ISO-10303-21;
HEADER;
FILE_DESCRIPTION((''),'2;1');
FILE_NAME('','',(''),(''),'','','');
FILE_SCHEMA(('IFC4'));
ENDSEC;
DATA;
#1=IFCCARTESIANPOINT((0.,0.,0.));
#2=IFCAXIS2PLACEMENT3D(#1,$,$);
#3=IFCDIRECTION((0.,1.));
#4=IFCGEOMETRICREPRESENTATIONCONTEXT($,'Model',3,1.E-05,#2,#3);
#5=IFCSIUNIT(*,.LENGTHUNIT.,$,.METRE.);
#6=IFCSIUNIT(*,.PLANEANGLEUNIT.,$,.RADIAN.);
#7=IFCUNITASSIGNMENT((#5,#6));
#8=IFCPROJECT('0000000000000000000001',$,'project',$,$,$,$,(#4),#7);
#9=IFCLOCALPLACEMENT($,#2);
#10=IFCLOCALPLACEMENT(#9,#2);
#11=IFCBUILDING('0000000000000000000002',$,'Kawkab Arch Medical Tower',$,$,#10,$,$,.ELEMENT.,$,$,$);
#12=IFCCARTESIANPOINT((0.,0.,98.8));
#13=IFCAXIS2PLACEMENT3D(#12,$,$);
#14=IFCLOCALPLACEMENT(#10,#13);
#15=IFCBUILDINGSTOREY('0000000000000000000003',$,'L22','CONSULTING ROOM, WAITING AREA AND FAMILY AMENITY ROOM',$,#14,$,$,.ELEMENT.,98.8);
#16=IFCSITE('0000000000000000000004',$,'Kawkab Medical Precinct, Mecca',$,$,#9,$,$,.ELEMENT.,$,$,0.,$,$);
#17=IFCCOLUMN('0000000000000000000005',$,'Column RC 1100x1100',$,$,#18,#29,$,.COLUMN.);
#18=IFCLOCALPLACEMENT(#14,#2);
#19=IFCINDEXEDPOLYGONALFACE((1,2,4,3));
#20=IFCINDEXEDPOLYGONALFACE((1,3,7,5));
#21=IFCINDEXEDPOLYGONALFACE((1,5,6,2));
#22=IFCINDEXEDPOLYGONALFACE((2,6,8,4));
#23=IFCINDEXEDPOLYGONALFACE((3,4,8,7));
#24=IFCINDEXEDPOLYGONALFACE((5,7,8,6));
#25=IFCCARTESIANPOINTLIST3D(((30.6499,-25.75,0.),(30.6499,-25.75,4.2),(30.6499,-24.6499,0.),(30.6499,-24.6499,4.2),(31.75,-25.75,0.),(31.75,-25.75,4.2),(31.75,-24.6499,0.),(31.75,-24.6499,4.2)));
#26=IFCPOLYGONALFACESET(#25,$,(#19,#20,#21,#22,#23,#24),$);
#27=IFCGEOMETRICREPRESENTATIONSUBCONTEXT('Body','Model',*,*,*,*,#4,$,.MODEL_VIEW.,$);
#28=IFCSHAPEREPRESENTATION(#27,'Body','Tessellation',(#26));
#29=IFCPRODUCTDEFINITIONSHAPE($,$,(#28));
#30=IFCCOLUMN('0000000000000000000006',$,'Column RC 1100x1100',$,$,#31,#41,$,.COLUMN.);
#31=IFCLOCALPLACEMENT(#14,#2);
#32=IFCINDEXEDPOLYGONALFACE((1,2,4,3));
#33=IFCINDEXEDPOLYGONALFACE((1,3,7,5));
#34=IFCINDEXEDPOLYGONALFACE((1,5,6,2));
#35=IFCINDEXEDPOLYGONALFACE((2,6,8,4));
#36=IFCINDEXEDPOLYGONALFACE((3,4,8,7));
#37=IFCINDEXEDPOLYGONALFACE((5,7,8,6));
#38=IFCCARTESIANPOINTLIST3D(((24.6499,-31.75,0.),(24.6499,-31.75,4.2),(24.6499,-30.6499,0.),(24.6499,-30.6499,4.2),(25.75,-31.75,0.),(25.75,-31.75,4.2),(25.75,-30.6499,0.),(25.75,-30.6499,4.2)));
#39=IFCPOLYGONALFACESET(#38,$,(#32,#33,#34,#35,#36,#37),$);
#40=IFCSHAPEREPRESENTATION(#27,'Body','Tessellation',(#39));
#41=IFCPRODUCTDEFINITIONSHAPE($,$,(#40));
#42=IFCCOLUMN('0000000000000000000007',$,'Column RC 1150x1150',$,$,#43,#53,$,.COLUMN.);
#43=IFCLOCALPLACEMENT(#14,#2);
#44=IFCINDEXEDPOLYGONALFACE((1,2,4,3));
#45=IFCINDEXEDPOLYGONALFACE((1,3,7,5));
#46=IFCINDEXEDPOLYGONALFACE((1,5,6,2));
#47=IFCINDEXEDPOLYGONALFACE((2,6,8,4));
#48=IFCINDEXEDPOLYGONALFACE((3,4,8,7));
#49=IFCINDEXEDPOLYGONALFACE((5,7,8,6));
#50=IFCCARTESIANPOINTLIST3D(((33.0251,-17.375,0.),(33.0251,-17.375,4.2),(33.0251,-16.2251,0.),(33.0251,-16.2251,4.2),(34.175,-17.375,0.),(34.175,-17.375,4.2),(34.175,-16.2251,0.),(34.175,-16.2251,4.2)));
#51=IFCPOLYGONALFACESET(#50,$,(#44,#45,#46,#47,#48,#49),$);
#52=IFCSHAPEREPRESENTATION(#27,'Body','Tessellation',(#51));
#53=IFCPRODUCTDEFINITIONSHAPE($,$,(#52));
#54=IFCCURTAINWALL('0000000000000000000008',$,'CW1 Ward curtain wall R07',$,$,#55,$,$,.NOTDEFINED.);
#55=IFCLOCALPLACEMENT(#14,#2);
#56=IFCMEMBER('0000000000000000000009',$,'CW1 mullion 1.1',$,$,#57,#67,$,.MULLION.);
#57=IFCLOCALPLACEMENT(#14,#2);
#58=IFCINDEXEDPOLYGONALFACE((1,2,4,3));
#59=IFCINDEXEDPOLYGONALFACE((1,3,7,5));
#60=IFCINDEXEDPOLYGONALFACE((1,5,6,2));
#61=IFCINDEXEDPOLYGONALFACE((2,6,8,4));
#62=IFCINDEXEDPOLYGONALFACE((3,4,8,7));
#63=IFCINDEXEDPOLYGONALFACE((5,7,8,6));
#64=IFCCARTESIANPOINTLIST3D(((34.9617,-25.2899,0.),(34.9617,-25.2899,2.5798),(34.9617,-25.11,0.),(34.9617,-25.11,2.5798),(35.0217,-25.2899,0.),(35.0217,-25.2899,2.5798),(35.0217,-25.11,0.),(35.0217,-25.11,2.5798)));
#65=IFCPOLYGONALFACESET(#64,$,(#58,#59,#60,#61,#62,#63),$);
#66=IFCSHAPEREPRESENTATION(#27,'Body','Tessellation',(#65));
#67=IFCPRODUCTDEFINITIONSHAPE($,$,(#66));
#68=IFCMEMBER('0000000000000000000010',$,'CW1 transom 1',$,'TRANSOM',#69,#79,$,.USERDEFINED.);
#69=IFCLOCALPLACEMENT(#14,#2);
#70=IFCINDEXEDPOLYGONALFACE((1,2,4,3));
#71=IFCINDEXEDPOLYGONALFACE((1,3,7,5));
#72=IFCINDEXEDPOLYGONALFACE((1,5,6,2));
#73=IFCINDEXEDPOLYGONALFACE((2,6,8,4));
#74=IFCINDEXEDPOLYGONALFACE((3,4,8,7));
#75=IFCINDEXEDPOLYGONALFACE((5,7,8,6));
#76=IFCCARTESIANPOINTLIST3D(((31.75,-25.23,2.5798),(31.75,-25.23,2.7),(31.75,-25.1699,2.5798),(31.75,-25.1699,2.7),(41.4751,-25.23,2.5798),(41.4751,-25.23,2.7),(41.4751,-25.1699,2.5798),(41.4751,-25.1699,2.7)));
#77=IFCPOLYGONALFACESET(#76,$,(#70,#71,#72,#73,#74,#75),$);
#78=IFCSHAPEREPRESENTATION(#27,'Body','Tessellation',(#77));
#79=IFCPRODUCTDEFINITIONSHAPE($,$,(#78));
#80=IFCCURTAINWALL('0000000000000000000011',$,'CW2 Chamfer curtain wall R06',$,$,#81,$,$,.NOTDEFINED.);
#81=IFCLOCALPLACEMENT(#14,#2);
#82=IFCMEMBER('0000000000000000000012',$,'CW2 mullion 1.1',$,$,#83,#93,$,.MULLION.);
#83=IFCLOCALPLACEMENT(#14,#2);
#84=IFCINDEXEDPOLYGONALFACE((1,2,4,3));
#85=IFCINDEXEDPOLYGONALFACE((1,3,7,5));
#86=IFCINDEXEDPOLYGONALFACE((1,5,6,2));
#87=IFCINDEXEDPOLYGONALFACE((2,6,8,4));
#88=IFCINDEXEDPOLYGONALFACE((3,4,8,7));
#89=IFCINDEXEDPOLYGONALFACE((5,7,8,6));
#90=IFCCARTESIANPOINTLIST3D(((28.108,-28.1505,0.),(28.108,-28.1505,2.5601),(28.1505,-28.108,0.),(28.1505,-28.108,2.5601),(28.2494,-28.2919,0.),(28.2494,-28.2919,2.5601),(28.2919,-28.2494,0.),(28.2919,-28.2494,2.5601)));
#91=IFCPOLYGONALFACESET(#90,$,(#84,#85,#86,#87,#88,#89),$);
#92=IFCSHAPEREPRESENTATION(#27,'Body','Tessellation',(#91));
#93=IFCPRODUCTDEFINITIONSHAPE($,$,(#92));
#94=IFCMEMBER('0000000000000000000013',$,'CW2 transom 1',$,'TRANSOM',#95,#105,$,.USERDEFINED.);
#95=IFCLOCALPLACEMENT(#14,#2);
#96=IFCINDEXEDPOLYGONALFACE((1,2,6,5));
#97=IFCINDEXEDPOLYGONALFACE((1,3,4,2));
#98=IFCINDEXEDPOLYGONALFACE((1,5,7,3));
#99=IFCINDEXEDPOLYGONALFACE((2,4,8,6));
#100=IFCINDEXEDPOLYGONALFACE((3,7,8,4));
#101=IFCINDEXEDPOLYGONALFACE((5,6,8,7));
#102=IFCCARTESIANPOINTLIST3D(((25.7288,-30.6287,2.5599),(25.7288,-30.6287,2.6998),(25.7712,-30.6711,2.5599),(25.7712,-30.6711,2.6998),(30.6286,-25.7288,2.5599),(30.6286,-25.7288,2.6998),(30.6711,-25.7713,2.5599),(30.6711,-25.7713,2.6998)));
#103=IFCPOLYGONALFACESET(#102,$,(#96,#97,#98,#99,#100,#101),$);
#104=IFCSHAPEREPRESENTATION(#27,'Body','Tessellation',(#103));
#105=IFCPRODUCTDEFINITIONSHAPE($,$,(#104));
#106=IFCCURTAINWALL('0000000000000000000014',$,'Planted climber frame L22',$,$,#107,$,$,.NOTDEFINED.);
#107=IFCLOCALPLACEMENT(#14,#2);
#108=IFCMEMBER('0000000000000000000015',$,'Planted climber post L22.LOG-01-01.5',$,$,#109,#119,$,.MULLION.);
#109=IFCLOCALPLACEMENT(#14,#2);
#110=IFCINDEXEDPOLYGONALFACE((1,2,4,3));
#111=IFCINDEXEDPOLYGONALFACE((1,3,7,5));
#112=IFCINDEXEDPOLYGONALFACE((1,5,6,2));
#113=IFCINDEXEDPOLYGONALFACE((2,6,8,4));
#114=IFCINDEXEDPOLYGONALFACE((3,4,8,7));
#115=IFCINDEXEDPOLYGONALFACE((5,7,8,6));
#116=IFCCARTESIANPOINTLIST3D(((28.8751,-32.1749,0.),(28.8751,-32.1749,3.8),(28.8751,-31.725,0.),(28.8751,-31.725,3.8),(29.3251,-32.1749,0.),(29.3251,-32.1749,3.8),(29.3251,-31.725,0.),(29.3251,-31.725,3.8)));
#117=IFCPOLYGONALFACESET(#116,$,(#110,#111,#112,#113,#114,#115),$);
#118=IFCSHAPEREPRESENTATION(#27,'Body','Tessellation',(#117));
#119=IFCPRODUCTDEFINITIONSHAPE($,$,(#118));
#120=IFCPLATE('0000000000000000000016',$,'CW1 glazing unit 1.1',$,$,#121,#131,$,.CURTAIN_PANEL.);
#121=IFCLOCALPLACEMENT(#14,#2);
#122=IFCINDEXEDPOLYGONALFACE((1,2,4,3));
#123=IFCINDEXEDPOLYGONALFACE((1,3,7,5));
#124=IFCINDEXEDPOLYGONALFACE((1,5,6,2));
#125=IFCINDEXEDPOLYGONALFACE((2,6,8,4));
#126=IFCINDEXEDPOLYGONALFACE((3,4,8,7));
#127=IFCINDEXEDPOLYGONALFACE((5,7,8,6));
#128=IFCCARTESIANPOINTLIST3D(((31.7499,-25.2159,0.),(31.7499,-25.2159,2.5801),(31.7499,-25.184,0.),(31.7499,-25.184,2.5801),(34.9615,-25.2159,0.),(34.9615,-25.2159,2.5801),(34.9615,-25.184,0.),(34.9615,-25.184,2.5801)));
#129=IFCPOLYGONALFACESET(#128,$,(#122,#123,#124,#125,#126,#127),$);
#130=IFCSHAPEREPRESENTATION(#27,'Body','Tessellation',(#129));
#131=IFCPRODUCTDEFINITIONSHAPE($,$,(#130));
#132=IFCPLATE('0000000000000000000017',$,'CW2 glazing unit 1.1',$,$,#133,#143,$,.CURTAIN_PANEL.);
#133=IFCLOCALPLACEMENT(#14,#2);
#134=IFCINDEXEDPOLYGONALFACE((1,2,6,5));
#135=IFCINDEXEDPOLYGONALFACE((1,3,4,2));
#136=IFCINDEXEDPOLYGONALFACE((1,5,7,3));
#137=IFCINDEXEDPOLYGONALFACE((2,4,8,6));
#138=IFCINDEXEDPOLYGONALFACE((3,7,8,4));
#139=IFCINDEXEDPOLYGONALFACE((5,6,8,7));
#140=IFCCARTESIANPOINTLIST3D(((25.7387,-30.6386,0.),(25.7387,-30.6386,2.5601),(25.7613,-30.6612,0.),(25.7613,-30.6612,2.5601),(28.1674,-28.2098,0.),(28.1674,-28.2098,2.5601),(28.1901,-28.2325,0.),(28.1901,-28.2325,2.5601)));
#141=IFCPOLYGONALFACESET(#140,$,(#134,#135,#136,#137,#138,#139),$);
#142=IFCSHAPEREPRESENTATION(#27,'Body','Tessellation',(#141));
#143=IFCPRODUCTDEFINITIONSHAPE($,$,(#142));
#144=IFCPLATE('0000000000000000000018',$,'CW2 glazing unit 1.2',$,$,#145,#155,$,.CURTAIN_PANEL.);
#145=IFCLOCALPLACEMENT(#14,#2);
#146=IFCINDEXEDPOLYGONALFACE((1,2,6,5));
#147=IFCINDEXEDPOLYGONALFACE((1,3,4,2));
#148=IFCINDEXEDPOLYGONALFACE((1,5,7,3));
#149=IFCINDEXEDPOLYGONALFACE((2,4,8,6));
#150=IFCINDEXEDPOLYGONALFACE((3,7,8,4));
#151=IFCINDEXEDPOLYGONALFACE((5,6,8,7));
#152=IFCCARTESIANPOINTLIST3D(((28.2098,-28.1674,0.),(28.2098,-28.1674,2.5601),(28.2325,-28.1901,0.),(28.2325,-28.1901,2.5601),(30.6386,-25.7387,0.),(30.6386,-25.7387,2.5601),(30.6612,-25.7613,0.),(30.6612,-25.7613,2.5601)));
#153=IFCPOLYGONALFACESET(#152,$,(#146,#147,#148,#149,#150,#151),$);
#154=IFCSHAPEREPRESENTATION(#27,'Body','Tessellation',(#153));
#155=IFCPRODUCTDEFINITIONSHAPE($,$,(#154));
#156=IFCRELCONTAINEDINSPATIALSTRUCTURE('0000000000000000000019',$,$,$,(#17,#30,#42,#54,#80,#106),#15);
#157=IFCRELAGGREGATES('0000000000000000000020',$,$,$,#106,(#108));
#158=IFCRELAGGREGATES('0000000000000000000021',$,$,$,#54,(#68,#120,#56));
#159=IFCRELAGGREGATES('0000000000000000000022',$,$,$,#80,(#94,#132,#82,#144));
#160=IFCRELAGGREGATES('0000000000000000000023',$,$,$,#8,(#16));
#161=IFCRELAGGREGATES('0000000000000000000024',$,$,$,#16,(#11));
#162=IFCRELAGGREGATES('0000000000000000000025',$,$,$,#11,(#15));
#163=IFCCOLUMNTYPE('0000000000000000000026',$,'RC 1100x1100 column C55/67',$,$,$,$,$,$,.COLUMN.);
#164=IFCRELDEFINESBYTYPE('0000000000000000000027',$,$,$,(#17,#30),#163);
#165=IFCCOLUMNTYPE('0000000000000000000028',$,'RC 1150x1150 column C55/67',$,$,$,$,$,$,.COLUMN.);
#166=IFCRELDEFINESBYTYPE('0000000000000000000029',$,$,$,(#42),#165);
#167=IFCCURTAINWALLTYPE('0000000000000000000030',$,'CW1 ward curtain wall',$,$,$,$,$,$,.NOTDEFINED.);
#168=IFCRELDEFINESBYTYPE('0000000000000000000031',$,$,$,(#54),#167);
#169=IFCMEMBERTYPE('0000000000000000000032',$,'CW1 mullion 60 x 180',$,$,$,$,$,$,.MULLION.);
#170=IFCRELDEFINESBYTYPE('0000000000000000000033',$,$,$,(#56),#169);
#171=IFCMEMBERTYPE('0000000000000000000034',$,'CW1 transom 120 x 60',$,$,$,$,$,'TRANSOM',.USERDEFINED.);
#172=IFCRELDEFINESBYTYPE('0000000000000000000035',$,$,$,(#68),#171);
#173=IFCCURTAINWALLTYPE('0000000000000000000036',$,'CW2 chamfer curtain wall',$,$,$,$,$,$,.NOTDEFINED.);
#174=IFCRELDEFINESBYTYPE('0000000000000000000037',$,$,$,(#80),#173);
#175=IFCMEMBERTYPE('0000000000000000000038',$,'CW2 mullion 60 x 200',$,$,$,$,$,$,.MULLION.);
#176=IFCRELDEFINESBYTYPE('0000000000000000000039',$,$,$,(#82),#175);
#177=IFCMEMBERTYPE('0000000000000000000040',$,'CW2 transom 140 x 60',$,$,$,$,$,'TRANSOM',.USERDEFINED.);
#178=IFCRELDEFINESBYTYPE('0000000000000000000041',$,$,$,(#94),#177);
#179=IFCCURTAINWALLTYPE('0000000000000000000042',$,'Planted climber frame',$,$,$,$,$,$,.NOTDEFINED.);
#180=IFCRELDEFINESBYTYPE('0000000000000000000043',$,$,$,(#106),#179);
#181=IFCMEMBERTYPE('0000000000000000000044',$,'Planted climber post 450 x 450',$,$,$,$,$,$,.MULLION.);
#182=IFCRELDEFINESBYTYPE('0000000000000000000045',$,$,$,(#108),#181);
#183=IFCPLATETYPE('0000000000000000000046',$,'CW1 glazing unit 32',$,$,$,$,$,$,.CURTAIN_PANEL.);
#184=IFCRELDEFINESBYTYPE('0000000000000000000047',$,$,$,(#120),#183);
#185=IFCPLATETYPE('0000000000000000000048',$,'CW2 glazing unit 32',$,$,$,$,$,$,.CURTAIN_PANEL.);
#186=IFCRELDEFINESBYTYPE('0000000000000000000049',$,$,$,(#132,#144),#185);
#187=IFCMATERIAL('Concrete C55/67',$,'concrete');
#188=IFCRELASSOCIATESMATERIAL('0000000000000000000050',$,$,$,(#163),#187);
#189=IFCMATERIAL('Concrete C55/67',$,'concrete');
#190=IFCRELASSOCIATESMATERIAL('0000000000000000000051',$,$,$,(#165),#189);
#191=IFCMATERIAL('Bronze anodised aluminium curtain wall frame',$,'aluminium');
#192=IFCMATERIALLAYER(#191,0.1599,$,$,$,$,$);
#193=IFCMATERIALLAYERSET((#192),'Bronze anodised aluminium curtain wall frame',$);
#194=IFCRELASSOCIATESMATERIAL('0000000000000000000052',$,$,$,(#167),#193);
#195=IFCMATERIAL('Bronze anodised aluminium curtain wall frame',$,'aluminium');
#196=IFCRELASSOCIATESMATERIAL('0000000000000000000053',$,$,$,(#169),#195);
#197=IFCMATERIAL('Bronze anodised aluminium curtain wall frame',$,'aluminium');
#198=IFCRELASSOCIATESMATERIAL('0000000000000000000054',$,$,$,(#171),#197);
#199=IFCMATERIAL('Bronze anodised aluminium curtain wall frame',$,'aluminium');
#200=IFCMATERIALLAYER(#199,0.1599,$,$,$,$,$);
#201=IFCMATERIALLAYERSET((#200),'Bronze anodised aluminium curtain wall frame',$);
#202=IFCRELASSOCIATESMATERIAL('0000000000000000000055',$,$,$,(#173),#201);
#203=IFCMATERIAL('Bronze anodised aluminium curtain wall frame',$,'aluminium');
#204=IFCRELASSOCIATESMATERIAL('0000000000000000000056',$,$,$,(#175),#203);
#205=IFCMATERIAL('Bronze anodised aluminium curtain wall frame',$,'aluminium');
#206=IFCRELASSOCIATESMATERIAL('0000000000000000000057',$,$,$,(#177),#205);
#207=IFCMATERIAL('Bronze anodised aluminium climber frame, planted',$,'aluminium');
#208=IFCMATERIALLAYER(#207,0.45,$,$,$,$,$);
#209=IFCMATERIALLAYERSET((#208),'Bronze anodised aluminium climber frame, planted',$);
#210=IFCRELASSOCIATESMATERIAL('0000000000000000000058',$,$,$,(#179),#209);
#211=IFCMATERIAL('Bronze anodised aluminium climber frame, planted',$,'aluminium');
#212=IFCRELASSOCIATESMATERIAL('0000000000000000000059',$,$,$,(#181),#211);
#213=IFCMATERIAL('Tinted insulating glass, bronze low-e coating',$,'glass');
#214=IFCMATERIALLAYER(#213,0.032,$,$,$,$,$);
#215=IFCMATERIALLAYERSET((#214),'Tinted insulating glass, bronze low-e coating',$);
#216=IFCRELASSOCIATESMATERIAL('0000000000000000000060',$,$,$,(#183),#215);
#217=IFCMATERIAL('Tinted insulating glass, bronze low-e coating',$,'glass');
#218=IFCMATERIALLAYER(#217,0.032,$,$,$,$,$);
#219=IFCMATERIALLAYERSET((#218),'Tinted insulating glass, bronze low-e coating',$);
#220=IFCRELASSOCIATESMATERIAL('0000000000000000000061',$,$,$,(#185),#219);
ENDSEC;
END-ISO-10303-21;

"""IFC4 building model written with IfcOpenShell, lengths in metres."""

from ifc_helpers import new_model, si_unit, direction, frame, origin, origin_2d, place, context, subcontext, project, spatial, rectangle, extrude, material, layer, layer_set, material_profile, profile_set, type_object, element, aggregate, save


model = new_model("IFC4")

# Units and contexts
model_context = context("Model", 3, precision=1e-05, world=origin(), true_north=direction((0.0, 1.0)))
body_context = subcontext(model_context, "Body", "Model", "MODEL_VIEW")
ifc_project = project(units=[si_unit("LENGTHUNIT", "METRE"), si_unit("PLANEANGLEUNIT", "RADIAN")], contexts=[model_context])

# Site, building, storey
site_placement = place(None, origin())
site = spatial("IfcSite", under=ifc_project, at=site_placement, Name="Kawkab Medical Precinct, Mecca", CompositionType="ELEMENT", RefElevation=0.0)
building_placement = place(site_placement, origin())
building = spatial("IfcBuilding", under=site, at=building_placement, Name="Kawkab Arch Medical Tower", CompositionType="ELEMENT")
storey_placement = place(building_placement, frame((0.0, 0.0, 98.8)))
storey = spatial("IfcBuildingStorey", under=building, at=storey_placement, Name="L22", Description="CONSULTING ROOM, WAITING AREA AND FAMILY AMENITY ROOM", CompositionType="ELEMENT", Elevation=98.8)

# Columns
ifc_material_1 = material(Name="Concrete C55/67", Category="concrete")
ifc_material_profile_1 = material_profile(ifc_material_1, rectangle(XDim=1.1001, YDim=1.1001, at=origin_2d()), Name="RC 1100x1100")
ifc_profile_set_1 = profile_set([ifc_material_profile_1], Name="Concrete C55/67")
column_type_1 = type_object("IfcColumnType", Name="RC 1100x1100 column C55/67", PredefinedType="COLUMN", material=ifc_profile_set_1)
for number, where, z_axis, x_axis, name in (
    (1, (31.2, -25.2, 0.0), (0.0, 0.0, 1.0), (1.0, 0.0, 0.0), "Column RC 1100x1100"),
    (2, (25.2, -31.2, 0.0), (0.0, 0.0, 1.0), (1.0, 0.0, 0.0), "Column RC 1100x1100"),
):
    element("IfcColumn", number, at=place(storey_placement, frame(where, z_axis=z_axis, x_axis=x_axis)), inside=storey, type_object=column_type_1, Name=name, PredefinedType="COLUMN", context=body_context, shape_type="SweptSolid", body=[
        extrude(rectangle(XDim=1.1001, YDim=1.1001, at=origin_2d()), origin(), (0.0, 0.0, 1.0), 4.2),
    ])
ifc_material_2 = material(Name="Concrete C55/67", Category="concrete")
ifc_material_profile_2 = material_profile(ifc_material_2, rectangle(XDim=1.1499, YDim=1.1499, at=origin_2d()), Name="RC 1150x1150")
ifc_profile_set_2 = profile_set([ifc_material_profile_2], Name="Concrete C55/67")
column_type_2 = type_object("IfcColumnType", Name="RC 1150x1150 column C55/67", PredefinedType="COLUMN", material=ifc_profile_set_2)
column_placement = place(storey_placement, frame((33.6001, -16.8, 0.0), z_axis=(0.0, 0.0, 1.0), x_axis=(1.0, 0.0, 0.0)))
element("IfcColumn", 3, at=column_placement, inside=storey, type_object=column_type_2, Name="Column RC 1150x1150", PredefinedType="COLUMN", context=body_context, shape_type="SweptSolid", body=[
    extrude(rectangle(XDim=1.1499, YDim=1.1499, at=origin_2d()), origin(), (0.0, 0.0, 1.0), 4.2),
])

# Curtain walls, members
ifc_material_3 = material(Name="Bronze anodised aluminium curtain wall frame", Category="aluminium")
ifc_layer_1 = layer(ifc_material_3, 0.1599)
ifc_layer_set_1 = layer_set([ifc_layer_1], Name="Bronze anodised aluminium curtain wall frame")
curtain_wall_type_1 = type_object("IfcCurtainWallType", Name="CW1 ward curtain wall", PredefinedType="NOTDEFINED", material=ifc_layer_set_1)
placement = place(storey_placement, origin())
curtain_wall_1 = element("IfcCurtainWall", 4, at=placement, inside=storey, type_object=curtain_wall_type_1, Name="CW1 Ward curtain wall R07", PredefinedType="NOTDEFINED")
ifc_material_4 = material(Name="Bronze anodised aluminium curtain wall frame", Category="aluminium")
ifc_material_profile_3 = material_profile(ifc_material_4, rectangle(XDim=0.1799, YDim=0.0601, at=origin_2d()), Name="AL 60x180")
ifc_profile_set_3 = profile_set([ifc_material_profile_3], Name="Bronze anodised aluminium curtain wall frame")
member_type_1 = type_object("IfcMemberType", Name="CW1 mullion 60 x 180", PredefinedType="MULLION", material=ifc_profile_set_3)
member_1_placement = place(storey_placement, frame((34.9917, -25.2, 0.0), z_axis=(0.0, 0.0, 1.0), x_axis=(0.0, 1.0, 0.0)))
member_1 = element("IfcMember", 5, at=member_1_placement, type_object=member_type_1, Name="CW1 mullion 1.1", PredefinedType="MULLION", context=body_context, shape_type="SweptSolid", body=[
    extrude(rectangle(XDim=0.1799, YDim=0.0601, at=origin_2d()), origin(), (0.0, 0.0, 1.0), 2.5798),
])
ifc_material_5 = material(Name="Bronze anodised aluminium curtain wall frame", Category="aluminium")
ifc_material_profile_4 = material_profile(ifc_material_5, rectangle(XDim=0.0601, YDim=0.1201, at=origin_2d()), Name="AL 60x120")
ifc_profile_set_4 = profile_set([ifc_material_profile_4], Name="Bronze anodised aluminium curtain wall frame")
member_type_2 = type_object("IfcMemberType", Name="CW1 transom 120 x 60", ElementType="TRANSOM", PredefinedType="USERDEFINED", material=ifc_profile_set_4)
member_2_placement = place(storey_placement, frame((31.75, -25.2, 2.6399), z_axis=(1.0, 0.0, 0.0), x_axis=(0.0, 1.0, 0.0)))
member_2 = element("IfcMember", 6, at=member_2_placement, type_object=member_type_2, Name="CW1 transom 1", ObjectType="TRANSOM", PredefinedType="USERDEFINED", context=body_context, shape_type="SweptSolid", body=[
    extrude(rectangle(XDim=0.0601, YDim=0.1201, at=origin_2d()), origin(), (0.0, 0.0, 1.0), 9.7251),
])
ifc_material_6 = material(Name="Bronze anodised aluminium curtain wall frame", Category="aluminium")
ifc_layer_2 = layer(ifc_material_6, 0.1599)
ifc_layer_set_2 = layer_set([ifc_layer_2], Name="Bronze anodised aluminium curtain wall frame")
curtain_wall_type_2 = type_object("IfcCurtainWallType", Name="CW2 chamfer curtain wall", PredefinedType="NOTDEFINED", material=ifc_layer_set_2)
curtain_wall_2 = element("IfcCurtainWall", 7, at=placement, inside=storey, type_object=curtain_wall_type_2, Name="CW2 Chamfer curtain wall R06", PredefinedType="NOTDEFINED")
ifc_material_7 = material(Name="Bronze anodised aluminium curtain wall frame", Category="aluminium")
ifc_material_profile_5 = material_profile(ifc_material_7, rectangle(XDim=0.2, YDim=0.0601, at=origin_2d()), Name="AL 60x200")
ifc_profile_set_5 = profile_set([ifc_material_profile_5], Name="Bronze anodised aluminium curtain wall frame")
member_type_3 = type_object("IfcMemberType", Name="CW2 mullion 60 x 200", PredefinedType="MULLION", material=ifc_profile_set_5)
member_3_placement = place(storey_placement, frame((28.2, -28.2, 0.0), z_axis=(0.0, 0.0, 1.0), x_axis=(-0.707107, 0.707107, 0.0)))
member_3 = element("IfcMember", 8, at=member_3_placement, type_object=member_type_3, Name="CW2 mullion 1.1", PredefinedType="MULLION", context=body_context, shape_type="SweptSolid", body=[
    extrude(rectangle(XDim=0.2, YDim=0.0601, at=origin_2d()), origin(), (0.0, 0.0, 1.0), 2.5601),
])
ifc_material_8 = material(Name="Bronze anodised aluminium curtain wall frame", Category="aluminium")
ifc_material_profile_6 = material_profile(ifc_material_8, rectangle(XDim=0.0601, YDim=0.1399, at=origin_2d()), Name="AL 60x140")
ifc_profile_set_6 = profile_set([ifc_material_profile_6], Name="Bronze anodised aluminium curtain wall frame")
member_type_4 = type_object("IfcMemberType", Name="CW2 transom 140 x 60", ElementType="TRANSOM", PredefinedType="USERDEFINED", material=ifc_profile_set_6)
member_4_placement = place(storey_placement, frame((25.75, -30.6499, 2.6299), z_axis=(0.707107, 0.707107, 0.0), x_axis=(-0.707107, 0.707107, 0.0)))
member_4 = element("IfcMember", 9, at=member_4_placement, type_object=member_type_4, Name="CW2 transom 1", ObjectType="TRANSOM", PredefinedType="USERDEFINED", context=body_context, shape_type="SweptSolid", body=[
    extrude(rectangle(XDim=0.0601, YDim=0.1399, at=origin_2d()), origin(), (0.0, 0.0, 1.0), 6.9294),
])

# Curtain wall, member
ifc_material_9 = material(Name="Bronze anodised aluminium climber frame, planted", Category="aluminium")
ifc_layer_3 = layer(ifc_material_9, 0.45)
ifc_layer_set_3 = layer_set([ifc_layer_3], Name="Bronze anodised aluminium climber frame, planted")
curtain_wall_type_3 = type_object("IfcCurtainWallType", Name="Planted climber frame", PredefinedType="NOTDEFINED", material=ifc_layer_set_3)
curtain_wall_3 = element("IfcCurtainWall", 10, at=placement, inside=storey, type_object=curtain_wall_type_3, Name="Planted climber frame L22", PredefinedType="NOTDEFINED")
ifc_material_10 = material(Name="Bronze anodised aluminium climber frame, planted", Category="aluminium")
ifc_material_profile_7 = material_profile(ifc_material_10, rectangle(XDim=0.45, YDim=0.45, at=origin_2d()), Name="Post 450x450")
ifc_profile_set_7 = profile_set([ifc_material_profile_7], Name="Bronze anodised aluminium climber frame, planted")
member_type_5 = type_object("IfcMemberType", Name="Planted climber post 450 x 450", PredefinedType="MULLION", material=ifc_profile_set_7)
member_5_placement = place(storey_placement, frame((29.1001, -31.95, 0.0), z_axis=(0.0, 0.0, 1.0), x_axis=(1.0, 0.0, 0.0)))
member_5 = element("IfcMember", 11, at=member_5_placement, type_object=member_type_5, Name="Planted climber post L22.LOG-01-01.5", PredefinedType="MULLION", context=body_context, shape_type="SweptSolid", body=[
    extrude(rectangle(XDim=0.45, YDim=0.45, at=origin_2d()), origin(), (0.0, 0.0, 1.0), 3.8),
])
aggregate(curtain_wall_3, [member_5])

# Plates
ifc_material_11 = material(Name="Tinted insulating glass, bronze low-e coating", Category="glass")
ifc_layer_4 = layer(ifc_material_11, 0.032)
ifc_layer_set_4 = layer_set([ifc_layer_4], Name="Tinted insulating glass, bronze low-e coating")
plate_type_1 = type_object("IfcPlateType", Name="CW1 glazing unit 32", PredefinedType="CURTAIN_PANEL", material=ifc_layer_set_4)
plate_1_placement = place(storey_placement, frame((33.3557, -25.2, 0.0), z_axis=(0.0, 0.0, 1.0), x_axis=(1.0, 0.0, 0.0)))
plate_1 = element("IfcPlate", 12, at=plate_1_placement, type_object=plate_type_1, Name="CW1 glazing unit 1.1", PredefinedType="CURTAIN_PANEL", context=body_context, shape_type="SweptSolid", body=[
    extrude(rectangle(XDim=3.2117, YDim=0.032, at=origin_2d()), origin(), (0.0, 0.0, 1.0), 2.5801),
])
aggregate(curtain_wall_1, [member_2, plate_1, member_1])
ifc_material_12 = material(Name="Tinted insulating glass, bronze low-e coating", Category="glass")
ifc_layer_5 = layer(ifc_material_12, 0.032)
ifc_layer_set_5 = layer_set([ifc_layer_5], Name="Tinted insulating glass, bronze low-e coating")
plate_type_2 = type_object("IfcPlateType", Name="CW2 glazing unit 32", PredefinedType="CURTAIN_PANEL", material=ifc_layer_set_5)
plate_2_placement = place(storey_placement, frame((26.9644, -29.4355, 0.0), z_axis=(0.0, 0.0, 1.0), x_axis=(0.707107, 0.707107, 0.0)))
plate_2 = element("IfcPlate", 13, at=plate_2_placement, type_object=plate_type_2, Name="CW2 glazing unit 1.1", PredefinedType="CURTAIN_PANEL", context=body_context, shape_type="SweptSolid", body=[
    extrude(rectangle(XDim=3.4348, YDim=0.032, at=origin_2d()), origin(), (0.0, 0.0, 1.0), 2.5601),
])
plate_3_placement = place(storey_placement, frame((29.4355, -26.9644, 0.0), z_axis=(0.0, 0.0, 1.0), x_axis=(0.707107, 0.707107, 0.0)))
plate_3 = element("IfcPlate", 14, at=plate_3_placement, type_object=plate_type_2, Name="CW2 glazing unit 1.2", PredefinedType="CURTAIN_PANEL", context=body_context, shape_type="SweptSolid", body=[
    extrude(rectangle(XDim=3.4348, YDim=0.032, at=origin_2d()), origin(), (0.0, 0.0, 1.0), 2.5601),
])
aggregate(curtain_wall_2, [member_4, plate_2, member_3, plate_3])

save(model, "model.ifc")
